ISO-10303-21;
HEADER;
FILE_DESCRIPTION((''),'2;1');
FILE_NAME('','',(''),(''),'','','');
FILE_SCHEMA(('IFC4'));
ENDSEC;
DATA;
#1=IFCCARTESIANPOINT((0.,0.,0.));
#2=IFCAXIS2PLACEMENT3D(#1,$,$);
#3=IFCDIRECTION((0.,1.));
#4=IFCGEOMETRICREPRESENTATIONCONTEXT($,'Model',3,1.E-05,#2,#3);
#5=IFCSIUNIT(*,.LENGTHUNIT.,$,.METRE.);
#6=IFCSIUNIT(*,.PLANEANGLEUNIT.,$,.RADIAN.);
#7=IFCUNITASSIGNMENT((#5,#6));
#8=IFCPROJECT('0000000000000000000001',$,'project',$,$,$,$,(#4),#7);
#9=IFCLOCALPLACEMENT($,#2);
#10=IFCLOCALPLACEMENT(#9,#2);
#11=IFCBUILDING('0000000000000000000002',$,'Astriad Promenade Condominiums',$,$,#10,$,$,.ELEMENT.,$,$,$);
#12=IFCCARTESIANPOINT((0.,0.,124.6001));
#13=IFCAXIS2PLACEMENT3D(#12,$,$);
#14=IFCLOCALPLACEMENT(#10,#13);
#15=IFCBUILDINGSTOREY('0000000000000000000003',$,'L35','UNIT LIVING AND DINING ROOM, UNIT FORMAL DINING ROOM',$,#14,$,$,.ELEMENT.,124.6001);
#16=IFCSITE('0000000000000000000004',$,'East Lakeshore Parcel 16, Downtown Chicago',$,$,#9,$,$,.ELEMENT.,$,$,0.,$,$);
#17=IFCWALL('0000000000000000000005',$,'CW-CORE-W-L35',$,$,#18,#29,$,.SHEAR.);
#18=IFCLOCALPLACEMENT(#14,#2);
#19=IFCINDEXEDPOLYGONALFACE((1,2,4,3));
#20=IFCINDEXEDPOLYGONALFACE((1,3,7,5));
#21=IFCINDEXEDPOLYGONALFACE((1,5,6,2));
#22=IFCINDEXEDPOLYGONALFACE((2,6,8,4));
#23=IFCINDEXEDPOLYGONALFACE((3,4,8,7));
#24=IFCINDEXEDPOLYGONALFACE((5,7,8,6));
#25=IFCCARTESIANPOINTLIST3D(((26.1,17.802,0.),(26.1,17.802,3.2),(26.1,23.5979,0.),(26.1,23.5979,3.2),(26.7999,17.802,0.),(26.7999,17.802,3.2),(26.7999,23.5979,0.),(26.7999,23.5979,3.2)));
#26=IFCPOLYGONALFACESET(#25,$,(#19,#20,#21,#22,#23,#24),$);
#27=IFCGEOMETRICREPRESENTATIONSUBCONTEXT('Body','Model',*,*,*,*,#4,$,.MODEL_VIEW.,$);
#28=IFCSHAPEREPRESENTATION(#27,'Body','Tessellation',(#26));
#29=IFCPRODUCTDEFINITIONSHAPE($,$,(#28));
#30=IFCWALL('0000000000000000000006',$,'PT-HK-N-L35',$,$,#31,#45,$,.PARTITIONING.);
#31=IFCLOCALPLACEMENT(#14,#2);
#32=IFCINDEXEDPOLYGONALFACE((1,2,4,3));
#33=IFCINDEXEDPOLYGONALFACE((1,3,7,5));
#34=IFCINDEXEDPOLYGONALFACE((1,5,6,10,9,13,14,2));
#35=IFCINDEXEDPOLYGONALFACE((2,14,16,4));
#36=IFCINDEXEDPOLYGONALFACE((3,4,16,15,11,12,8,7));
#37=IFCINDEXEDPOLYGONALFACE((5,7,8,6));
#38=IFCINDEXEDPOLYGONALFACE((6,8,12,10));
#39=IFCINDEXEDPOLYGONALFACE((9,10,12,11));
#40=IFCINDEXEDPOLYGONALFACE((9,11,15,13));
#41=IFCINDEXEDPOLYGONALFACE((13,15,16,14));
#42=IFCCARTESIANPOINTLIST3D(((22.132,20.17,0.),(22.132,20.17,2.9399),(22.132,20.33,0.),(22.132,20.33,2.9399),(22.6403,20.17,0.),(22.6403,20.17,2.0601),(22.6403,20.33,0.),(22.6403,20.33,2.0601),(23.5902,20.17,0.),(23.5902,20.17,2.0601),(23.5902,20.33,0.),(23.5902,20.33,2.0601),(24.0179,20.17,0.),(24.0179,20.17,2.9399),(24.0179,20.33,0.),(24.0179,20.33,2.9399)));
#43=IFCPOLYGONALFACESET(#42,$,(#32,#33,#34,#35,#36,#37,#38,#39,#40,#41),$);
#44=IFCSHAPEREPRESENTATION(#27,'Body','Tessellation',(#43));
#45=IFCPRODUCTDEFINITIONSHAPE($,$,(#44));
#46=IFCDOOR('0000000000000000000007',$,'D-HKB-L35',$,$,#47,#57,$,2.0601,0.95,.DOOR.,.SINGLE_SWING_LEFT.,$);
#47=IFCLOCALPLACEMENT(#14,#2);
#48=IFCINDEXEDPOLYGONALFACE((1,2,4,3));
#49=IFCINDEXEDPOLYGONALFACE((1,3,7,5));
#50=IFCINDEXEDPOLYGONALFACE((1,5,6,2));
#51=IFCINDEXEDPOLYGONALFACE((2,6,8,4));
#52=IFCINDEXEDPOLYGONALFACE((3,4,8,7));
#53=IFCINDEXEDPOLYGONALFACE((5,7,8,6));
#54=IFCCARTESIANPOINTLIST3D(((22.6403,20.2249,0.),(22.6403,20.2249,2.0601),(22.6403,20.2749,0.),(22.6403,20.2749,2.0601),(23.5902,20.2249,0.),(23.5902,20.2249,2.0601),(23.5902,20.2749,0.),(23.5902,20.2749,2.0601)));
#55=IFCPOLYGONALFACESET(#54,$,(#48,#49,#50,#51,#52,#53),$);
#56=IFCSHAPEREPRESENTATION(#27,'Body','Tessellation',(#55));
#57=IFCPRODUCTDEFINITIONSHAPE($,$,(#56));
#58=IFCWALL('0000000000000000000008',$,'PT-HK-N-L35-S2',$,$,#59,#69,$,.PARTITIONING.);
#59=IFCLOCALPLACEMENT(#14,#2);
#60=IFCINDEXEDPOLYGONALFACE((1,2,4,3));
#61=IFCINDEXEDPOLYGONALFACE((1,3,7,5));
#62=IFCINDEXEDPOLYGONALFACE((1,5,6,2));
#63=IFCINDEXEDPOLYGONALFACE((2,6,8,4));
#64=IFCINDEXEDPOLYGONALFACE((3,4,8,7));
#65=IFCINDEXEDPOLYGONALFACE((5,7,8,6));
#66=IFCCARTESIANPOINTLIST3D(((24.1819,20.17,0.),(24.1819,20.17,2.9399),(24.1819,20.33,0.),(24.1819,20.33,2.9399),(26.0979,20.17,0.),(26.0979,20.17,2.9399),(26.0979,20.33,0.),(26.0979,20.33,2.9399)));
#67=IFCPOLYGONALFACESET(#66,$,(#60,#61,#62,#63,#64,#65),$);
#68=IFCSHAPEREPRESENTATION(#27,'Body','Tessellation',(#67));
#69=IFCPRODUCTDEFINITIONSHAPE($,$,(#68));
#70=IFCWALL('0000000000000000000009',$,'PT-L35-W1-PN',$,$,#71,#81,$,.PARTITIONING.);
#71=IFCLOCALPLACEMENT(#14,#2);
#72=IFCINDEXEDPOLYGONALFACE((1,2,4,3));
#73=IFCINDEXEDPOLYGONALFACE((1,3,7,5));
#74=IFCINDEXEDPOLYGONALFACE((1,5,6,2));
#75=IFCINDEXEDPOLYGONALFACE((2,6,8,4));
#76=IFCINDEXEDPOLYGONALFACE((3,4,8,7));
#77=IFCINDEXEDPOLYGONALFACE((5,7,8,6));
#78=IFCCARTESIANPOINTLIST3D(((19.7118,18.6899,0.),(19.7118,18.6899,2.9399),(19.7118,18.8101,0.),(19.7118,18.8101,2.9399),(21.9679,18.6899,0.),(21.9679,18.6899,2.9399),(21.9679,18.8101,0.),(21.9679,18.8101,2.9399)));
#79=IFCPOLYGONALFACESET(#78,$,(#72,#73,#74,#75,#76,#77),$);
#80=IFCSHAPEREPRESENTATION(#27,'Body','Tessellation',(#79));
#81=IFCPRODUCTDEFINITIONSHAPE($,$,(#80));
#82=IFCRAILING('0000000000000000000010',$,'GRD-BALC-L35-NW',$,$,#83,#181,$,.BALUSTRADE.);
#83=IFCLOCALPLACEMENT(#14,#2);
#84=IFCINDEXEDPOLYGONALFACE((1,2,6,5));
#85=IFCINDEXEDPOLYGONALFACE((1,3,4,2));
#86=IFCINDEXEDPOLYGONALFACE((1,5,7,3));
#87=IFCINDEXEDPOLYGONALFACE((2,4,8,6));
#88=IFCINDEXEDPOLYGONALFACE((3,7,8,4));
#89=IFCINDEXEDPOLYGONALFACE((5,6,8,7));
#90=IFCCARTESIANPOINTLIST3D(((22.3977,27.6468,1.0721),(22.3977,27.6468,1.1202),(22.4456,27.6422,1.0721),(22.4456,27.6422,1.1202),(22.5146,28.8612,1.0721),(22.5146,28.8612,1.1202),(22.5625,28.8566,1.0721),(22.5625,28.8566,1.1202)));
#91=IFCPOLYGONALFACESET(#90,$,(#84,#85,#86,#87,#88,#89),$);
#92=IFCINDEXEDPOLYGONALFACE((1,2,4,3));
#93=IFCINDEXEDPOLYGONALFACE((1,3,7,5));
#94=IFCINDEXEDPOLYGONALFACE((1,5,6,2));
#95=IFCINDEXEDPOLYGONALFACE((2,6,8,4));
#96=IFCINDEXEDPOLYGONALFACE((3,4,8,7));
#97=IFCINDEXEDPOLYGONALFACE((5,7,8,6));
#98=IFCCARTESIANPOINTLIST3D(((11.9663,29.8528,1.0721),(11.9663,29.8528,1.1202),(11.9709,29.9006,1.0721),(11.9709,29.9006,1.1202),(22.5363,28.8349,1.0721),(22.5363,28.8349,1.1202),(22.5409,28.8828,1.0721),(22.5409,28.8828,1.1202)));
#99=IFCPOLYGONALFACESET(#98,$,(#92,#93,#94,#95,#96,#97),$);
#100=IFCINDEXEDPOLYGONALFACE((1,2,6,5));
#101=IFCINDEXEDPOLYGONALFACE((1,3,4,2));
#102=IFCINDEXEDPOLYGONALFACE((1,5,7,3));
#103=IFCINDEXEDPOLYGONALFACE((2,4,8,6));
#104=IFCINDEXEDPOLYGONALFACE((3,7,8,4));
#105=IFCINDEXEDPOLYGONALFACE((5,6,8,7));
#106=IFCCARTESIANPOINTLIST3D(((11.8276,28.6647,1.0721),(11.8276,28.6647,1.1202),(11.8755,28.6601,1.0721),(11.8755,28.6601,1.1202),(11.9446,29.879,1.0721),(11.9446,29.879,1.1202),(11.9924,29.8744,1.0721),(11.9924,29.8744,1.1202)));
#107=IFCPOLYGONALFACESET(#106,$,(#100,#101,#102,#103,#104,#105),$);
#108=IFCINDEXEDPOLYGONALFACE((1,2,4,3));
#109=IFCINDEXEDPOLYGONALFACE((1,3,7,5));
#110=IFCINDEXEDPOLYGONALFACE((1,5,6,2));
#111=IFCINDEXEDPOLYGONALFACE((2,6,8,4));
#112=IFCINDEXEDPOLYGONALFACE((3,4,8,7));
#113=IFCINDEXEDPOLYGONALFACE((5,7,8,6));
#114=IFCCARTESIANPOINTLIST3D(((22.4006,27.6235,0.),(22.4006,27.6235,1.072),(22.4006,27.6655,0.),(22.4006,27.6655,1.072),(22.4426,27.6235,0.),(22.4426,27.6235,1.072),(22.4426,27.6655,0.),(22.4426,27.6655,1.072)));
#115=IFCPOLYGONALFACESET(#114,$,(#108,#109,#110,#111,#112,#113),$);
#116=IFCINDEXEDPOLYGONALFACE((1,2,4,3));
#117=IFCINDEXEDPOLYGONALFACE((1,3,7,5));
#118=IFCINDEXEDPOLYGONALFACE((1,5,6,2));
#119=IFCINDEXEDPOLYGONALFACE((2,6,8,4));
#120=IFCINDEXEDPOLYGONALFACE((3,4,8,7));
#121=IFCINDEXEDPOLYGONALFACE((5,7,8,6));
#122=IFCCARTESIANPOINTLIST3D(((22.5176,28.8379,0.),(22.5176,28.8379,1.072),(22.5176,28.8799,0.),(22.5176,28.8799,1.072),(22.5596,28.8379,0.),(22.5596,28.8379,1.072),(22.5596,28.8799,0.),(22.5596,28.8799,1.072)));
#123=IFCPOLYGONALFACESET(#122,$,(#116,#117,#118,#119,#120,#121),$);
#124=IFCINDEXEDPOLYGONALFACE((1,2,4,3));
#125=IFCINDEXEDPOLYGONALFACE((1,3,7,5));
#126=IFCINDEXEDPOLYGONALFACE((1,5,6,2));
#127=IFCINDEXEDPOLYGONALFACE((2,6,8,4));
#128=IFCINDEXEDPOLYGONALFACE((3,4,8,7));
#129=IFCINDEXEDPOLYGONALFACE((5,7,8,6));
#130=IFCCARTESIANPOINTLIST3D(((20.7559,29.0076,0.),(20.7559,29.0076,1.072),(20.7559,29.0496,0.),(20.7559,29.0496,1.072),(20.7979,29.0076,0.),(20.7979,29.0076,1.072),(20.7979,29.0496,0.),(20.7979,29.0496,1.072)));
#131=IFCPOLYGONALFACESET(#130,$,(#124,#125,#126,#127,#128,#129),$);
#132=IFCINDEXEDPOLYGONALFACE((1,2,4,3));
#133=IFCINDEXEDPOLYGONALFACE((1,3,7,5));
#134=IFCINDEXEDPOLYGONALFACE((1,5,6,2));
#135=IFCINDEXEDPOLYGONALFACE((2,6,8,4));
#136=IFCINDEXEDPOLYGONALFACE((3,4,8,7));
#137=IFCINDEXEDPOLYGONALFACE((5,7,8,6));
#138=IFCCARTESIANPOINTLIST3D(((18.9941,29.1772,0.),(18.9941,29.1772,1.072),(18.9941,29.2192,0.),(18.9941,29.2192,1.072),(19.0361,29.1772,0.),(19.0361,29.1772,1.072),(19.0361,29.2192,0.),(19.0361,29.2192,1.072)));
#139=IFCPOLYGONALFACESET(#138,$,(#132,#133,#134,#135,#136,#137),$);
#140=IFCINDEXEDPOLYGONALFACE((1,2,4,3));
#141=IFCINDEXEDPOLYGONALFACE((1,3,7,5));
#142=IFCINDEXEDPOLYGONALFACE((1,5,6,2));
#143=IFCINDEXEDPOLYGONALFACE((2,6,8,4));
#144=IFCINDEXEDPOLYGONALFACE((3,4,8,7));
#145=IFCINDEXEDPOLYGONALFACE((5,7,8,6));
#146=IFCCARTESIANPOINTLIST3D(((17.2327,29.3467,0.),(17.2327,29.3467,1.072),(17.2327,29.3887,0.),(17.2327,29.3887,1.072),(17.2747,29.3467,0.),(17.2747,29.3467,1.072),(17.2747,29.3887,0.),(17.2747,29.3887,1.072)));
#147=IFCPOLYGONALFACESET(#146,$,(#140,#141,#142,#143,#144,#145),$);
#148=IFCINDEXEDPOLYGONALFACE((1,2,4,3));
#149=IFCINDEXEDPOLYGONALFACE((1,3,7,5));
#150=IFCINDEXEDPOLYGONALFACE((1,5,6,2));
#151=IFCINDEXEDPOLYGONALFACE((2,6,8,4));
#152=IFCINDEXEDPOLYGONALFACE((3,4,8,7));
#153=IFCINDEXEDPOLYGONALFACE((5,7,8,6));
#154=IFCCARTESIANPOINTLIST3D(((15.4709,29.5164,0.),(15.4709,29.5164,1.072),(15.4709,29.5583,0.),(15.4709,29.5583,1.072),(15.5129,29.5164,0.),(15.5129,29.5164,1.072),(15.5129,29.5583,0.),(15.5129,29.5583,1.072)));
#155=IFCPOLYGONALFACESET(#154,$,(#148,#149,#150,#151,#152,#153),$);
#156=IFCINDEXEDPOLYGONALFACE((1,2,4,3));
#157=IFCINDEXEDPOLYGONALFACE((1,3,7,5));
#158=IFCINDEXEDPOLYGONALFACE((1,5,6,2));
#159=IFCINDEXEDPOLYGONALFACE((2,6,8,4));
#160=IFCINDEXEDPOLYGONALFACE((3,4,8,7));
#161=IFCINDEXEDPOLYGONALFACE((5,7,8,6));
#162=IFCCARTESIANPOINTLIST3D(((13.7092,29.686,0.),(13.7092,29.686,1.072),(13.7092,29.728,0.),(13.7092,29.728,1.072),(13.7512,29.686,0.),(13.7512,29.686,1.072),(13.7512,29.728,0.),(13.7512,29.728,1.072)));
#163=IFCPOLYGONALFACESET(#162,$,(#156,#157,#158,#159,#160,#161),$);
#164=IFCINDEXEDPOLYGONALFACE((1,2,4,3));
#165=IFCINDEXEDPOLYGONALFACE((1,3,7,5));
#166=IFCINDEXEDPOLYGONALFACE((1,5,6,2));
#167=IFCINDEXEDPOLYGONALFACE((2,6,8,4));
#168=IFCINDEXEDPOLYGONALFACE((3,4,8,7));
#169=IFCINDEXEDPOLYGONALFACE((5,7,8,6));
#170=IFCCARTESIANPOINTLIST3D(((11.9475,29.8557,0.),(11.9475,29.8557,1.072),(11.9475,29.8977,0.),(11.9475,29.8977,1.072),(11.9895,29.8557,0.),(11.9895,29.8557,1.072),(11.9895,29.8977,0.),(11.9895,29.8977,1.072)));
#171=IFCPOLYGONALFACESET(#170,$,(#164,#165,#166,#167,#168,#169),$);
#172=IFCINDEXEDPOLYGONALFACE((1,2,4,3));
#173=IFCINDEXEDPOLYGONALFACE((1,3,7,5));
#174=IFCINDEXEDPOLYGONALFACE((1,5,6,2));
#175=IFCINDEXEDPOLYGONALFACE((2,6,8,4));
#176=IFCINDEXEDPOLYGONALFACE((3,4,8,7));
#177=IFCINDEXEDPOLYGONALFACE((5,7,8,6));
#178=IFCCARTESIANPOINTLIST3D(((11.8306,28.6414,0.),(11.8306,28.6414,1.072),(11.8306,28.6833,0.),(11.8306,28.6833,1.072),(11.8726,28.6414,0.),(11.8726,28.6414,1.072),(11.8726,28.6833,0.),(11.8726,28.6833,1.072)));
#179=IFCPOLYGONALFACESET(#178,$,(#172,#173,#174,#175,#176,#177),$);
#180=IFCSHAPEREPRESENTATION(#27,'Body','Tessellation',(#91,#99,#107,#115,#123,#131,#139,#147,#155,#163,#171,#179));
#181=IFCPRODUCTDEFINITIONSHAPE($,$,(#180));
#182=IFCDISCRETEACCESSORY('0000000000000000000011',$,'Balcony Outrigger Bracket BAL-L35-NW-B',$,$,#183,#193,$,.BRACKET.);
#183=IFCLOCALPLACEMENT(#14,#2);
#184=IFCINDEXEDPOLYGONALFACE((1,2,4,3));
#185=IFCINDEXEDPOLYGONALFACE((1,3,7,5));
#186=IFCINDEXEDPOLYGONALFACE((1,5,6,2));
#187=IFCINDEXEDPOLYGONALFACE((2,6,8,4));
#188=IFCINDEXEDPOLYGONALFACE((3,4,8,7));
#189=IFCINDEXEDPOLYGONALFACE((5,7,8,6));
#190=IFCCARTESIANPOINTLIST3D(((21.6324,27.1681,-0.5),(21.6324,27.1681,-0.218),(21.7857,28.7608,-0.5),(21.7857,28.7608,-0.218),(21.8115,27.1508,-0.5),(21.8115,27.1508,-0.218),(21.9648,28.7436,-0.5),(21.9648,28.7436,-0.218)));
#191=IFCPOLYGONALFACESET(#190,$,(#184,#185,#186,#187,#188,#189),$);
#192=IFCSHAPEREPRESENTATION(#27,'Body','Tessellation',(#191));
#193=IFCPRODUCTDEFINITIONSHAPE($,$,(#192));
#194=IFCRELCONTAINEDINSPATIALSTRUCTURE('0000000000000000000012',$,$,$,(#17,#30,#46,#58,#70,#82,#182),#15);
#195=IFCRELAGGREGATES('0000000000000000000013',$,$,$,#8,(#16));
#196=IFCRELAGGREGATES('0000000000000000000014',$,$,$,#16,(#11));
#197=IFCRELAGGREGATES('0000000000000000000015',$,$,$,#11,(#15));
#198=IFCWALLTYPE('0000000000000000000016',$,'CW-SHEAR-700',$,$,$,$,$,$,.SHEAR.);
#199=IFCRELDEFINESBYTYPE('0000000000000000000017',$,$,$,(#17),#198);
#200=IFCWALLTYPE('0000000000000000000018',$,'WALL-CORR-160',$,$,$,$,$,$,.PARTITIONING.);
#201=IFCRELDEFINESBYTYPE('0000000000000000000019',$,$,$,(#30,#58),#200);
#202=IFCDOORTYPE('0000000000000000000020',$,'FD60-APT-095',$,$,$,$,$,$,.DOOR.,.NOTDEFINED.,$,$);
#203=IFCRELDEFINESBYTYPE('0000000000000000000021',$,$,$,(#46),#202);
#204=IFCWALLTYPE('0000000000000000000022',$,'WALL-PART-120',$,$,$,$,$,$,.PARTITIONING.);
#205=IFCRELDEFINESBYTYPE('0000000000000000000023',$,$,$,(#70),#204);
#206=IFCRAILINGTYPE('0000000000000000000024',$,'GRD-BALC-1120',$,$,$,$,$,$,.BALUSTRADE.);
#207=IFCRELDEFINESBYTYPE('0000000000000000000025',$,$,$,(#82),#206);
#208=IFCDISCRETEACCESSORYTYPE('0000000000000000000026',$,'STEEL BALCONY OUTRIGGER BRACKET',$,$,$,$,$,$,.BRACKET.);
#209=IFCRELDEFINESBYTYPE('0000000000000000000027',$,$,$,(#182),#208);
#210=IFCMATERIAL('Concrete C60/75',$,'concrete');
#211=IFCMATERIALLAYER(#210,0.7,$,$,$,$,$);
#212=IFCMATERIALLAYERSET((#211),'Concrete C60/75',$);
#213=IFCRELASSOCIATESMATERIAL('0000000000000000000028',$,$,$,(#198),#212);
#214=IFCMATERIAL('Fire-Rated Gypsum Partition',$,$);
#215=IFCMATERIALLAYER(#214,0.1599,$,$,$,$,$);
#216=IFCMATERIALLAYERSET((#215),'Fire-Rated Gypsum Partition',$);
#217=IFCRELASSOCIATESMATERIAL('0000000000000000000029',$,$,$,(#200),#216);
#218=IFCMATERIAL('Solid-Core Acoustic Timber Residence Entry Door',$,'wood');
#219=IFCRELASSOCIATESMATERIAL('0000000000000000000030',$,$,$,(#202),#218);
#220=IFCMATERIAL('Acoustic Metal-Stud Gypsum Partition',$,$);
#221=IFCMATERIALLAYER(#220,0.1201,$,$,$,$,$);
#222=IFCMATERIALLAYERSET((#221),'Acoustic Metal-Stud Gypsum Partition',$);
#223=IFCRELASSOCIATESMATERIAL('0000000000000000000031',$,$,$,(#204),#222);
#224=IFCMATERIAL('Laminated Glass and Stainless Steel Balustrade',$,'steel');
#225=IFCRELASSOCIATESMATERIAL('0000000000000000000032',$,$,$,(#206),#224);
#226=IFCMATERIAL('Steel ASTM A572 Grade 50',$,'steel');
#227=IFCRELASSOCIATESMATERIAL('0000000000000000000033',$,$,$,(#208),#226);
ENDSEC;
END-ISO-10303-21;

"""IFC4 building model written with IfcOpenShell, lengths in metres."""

from ifc_helpers import new_model, si_unit, direction, frame, frame_2d, origin, origin_2d, place, context, subcontext, project, spatial, rectangle, extrude, source, transform, mapped, material, layer, layer_set, type_object, type_shapes, element, fill, save


model = new_model("IFC4")

# Units and contexts
model_context = context("Model", 3, precision=1e-05, world=origin(), true_north=direction((0.0, 1.0)))
body_context = subcontext(model_context, "Body", "Model", "MODEL_VIEW")
ifc_project = project(units=[si_unit("LENGTHUNIT", "METRE"), si_unit("PLANEANGLEUNIT", "RADIAN")], contexts=[model_context])

# Site, building, storey
site_placement = place(None, origin())
site = spatial("IfcSite", under=ifc_project, at=site_placement, Name="East Lakeshore Parcel 16, Downtown Chicago", CompositionType="ELEMENT", RefElevation=0.0)
building_placement = place(site_placement, origin())
building = spatial("IfcBuilding", under=site, at=building_placement, Name="Astriad Promenade Condominiums", CompositionType="ELEMENT")
storey_placement = place(building_placement, frame((0.0, 0.0, 124.6001)))
storey = spatial("IfcBuildingStorey", under=building, at=storey_placement, Name="L35", Description="UNIT LIVING AND DINING ROOM, UNIT FORMAL DINING ROOM", CompositionType="ELEMENT", Elevation=124.6001)

# Shared definitions
ifc_material_1 = material(Name="Concrete C60/75", Category="concrete")

# Shared definitions
ifc_layer_1 = layer(ifc_material_1, 0.7)
ifc_layer_set_1 = layer_set([ifc_layer_1], Name="Concrete C60/75")
wall_type_1 = type_object("IfcWallType", Name="CW-SHEAR-700", PredefinedType="SHEAR", material=ifc_layer_set_1)

# Wall
wall_1_placement = place(storey_placement, frame((26.45, 17.802, 0.0), z_axis=(0.0, 0.0, 1.0), x_axis=(0.0, 1.0, 0.0)))
element("IfcWall", 1, at=wall_1_placement, inside=storey, type_object=wall_type_1, Name="CW-CORE-W-L35", PredefinedType="SHEAR", context=body_context, shape_type="SweptSolid", body=[
    extrude(rectangle(XDim=5.7959, YDim=0.7, at=frame_2d((2.8979, 0.0))), origin(), (0.0, 0.0, 1.0), 3.2),
])

# Wall, opening, door
ifc_material_2 = material(Name="Fire-Rated Gypsum Partition")
ifc_layer_2 = layer(ifc_material_2, 0.1599)
ifc_layer_set_2 = layer_set([ifc_layer_2], Name="Fire-Rated Gypsum Partition")
wall_type_2 = type_object("IfcWallType", Name="WALL-CORR-160", PredefinedType="PARTITIONING", material=ifc_layer_set_2)
wall_2_placement = place(storey_placement, frame((22.1321, 20.25, 0.0), z_axis=(0.0, 0.0, 1.0), x_axis=(1.0, 0.0, 0.0)))
wall_2 = element("IfcWall", 2, at=wall_2_placement, inside=storey, type_object=wall_type_2, Name="PT-HK-N-L35", PredefinedType="PARTITIONING", context=body_context, shape_type="SweptSolid", body=[
    extrude(rectangle(XDim=1.886, YDim=0.1599, at=frame_2d((0.9429, 0.0))), origin(), (0.0, 0.0, 1.0), 2.9399),
])
opening_1_placement = place(wall_2_placement, frame((0.5081, 0.0, 0.0)))
opening_1 = element("IfcOpeningElement", 3, at=opening_1_placement, cuts=wall_2, PredefinedType="OPENING", context=body_context, shape_type="SweptSolid", body=[
    extrude(rectangle(XDim=0.95, YDim=2.0601, at=frame_2d((0.4751, 1.03))), frame((0.0, 0.0898, 0.0), z_axis=(0.0, -1.0, 0.0), x_axis=(1.0, 0.0, 0.0)), (0.0, 0.0, 1.0), 0.1799),
])
ifc_material_3 = material(Name="Solid-Core Acoustic Timber Residence Entry Door", Category="wood")
door_type_1 = type_object("IfcDoorType", Name="FD60-APT-095", OperationType="NOTDEFINED", PredefinedType="DOOR", material=ifc_material_3)
shared_shape_1 = source(origin(), body_context, "Body", "SweptSolid", [
    extrude(rectangle(XDim=0.95, YDim=2.0601, at=frame_2d((0.4751, 1.03))), frame((0.0, 0.0249, 0.0), z_axis=(0.0, -1.0, 0.0), x_axis=(1.0, 0.0, 0.0)), (0.0, 0.0, 1.0), 0.05),
])
type_shapes(door_type_1, [shared_shape_1])
door_1_placement = place(opening_1_placement, origin())
door_1 = element("IfcDoor", 4, at=door_1_placement, inside=storey, type_object=door_type_1, Name="D-HKB-L35", OperationType="SINGLE_SWING_LEFT", OverallHeight=2.0601, OverallWidth=0.95, PredefinedType="DOOR", context=body_context, shape_type="MappedRepresentation", body=[
    mapped(shared_shape_1, transform((0.0, 0.0, 0.0), scale=1.0)),
])
fill(opening_1, door_1)

# Walls
wall_3_placement = place(storey_placement, frame((24.1819, 20.25, 0.0), z_axis=(0.0, 0.0, 1.0), x_axis=(1.0, 0.0, 0.0)))
element("IfcWall", 5, at=wall_3_placement, inside=storey, type_object=wall_type_2, Name="PT-HK-N-L35-S2", PredefinedType="PARTITIONING", context=body_context, shape_type="SweptSolid", body=[
    extrude(rectangle(XDim=1.916, YDim=0.1599, at=frame_2d((0.958, 0.0))), origin(), (0.0, 0.0, 1.0), 2.9399),
])
ifc_material_4 = material(Name="Acoustic Metal-Stud Gypsum Partition")
ifc_layer_3 = layer(ifc_material_4, 0.1201)
ifc_layer_set_3 = layer_set([ifc_layer_3], Name="Acoustic Metal-Stud Gypsum Partition")
wall_type_3 = type_object("IfcWallType", Name="WALL-PART-120", PredefinedType="PARTITIONING", material=ifc_layer_set_3)
wall_4_placement = place(storey_placement, frame((19.7119, 18.75, 0.0), z_axis=(0.0, 0.0, 1.0), x_axis=(1.0, 0.0, 0.0)))
element("IfcWall", 6, at=wall_4_placement, inside=storey, type_object=wall_type_3, Name="PT-L35-W1-PN", PredefinedType="PARTITIONING", context=body_context, shape_type="SweptSolid", body=[
    extrude(rectangle(XDim=2.2561, YDim=0.1201, at=frame_2d((1.1279, 0.0))), origin(), (0.0, 0.0, 1.0), 2.9399),
])

# Railing
ifc_material_5 = material(Name="Laminated Glass and Stainless Steel Balustrade", Category="steel")
railing_type = type_object("IfcRailingType", Name="GRD-BALC-1120", PredefinedType="BALUSTRADE", material=ifc_material_5)
shared_shape_2 = source(origin(), body_context, "Body", "SweptSolid", [
    extrude(rectangle(XDim=0.0481, YDim=0.0481, at=origin_2d()), frame((0.0, 0.0, 1.0962), z_axis=(0.095857, 0.995395, 0.0), x_axis=(-0.995395, 0.095857, 0.0)), (0.0, 0.0, 1.0), 1.22),
    extrude(rectangle(XDim=0.0481, YDim=0.0481, at=origin_2d()), frame((0.1169, 1.2144, 1.0962), z_axis=(-0.995396, 0.09585, 0.0), x_axis=(-0.09585, -0.995396, 0.0)), (0.0, 0.0, 1.0), 10.6189),
    extrude(rectangle(XDim=0.0481, YDim=0.0481, at=origin_2d()), frame((-10.4531, 2.2322, 1.0962), z_axis=(-0.095857, -0.995395, 0.0), x_axis=(0.995395, -0.095857, 0.0)), (0.0, 0.0, 1.0), 1.22),
    extrude(rectangle(XDim=0.042, YDim=0.042, at=origin_2d()), origin(), (0.0, 0.0, 1.0), 1.072),
    extrude(rectangle(XDim=0.042, YDim=0.042, at=origin_2d()), frame((0.1169, 1.2144, 0.0)), (0.0, 0.0, 1.0), 1.072),
    extrude(rectangle(XDim=0.042, YDim=0.042, at=origin_2d()), frame((-1.6448, 1.384, 0.0)), (0.0, 0.0, 1.0), 1.072),
    extrude(rectangle(XDim=0.042, YDim=0.042, at=origin_2d()), frame((-3.4065, 1.5537, 0.0)), (0.0, 0.0, 1.0), 1.072),
    extrude(rectangle(XDim=0.042, YDim=0.042, at=origin_2d()), frame((-5.168, 1.7231, 0.0)), (0.0, 0.0, 1.0), 1.072),
    extrude(rectangle(XDim=0.042, YDim=0.042, at=origin_2d()), frame((-6.9297, 1.8928, 0.0)), (0.0, 0.0, 1.0), 1.072),
    extrude(rectangle(XDim=0.042, YDim=0.042, at=origin_2d()), frame((-8.6914, 2.0625, 0.0)), (0.0, 0.0, 1.0), 1.072),
    extrude(rectangle(XDim=0.042, YDim=0.042, at=origin_2d()), frame((-10.4531, 2.2322, 0.0)), (0.0, 0.0, 1.0), 1.072),
    extrude(rectangle(XDim=0.042, YDim=0.042, at=origin_2d()), frame((-10.5701, 1.0178, 0.0)), (0.0, 0.0, 1.0), 1.072),
])
type_shapes(railing_type, [shared_shape_2])
railing_placement = place(storey_placement, frame((22.4216, 27.6445, 0.0)))
element("IfcRailing", 7, at=railing_placement, inside=storey, type_object=railing_type, Name="GRD-BALC-L35-NW", PredefinedType="BALUSTRADE", context=body_context, shape_type="MappedRepresentation", body=[
    mapped(shared_shape_2, transform((0.0, 0.0, 0.0), scale=1.0)),
])

# Discrete accessory
ifc_material_6 = material(Name="Steel ASTM A572 Grade 50", Category="steel")
discrete_accessory_type = type_object("IfcDiscreteAccessoryType", Name="STEEL BALCONY OUTRIGGER BRACKET", PredefinedType="BRACKET", material=ifc_material_6)
shared_shape_3 = source(origin(), body_context, "Body", "SweptSolid", [
    extrude(rectangle(XDim=1.6001, YDim=0.1799, at=origin_2d()), origin(), (0.0, 0.0, 1.0), 0.282),
])
type_shapes(discrete_accessory_type, [shared_shape_3])
discrete_accessory_placement = place(storey_placement, frame((21.7986, 27.9558, -0.5), z_axis=(0.0, 0.0, 1.0), x_axis=(0.095846, 0.995396, 0.0)))
element("IfcDiscreteAccessory", 8, at=discrete_accessory_placement, inside=storey, type_object=discrete_accessory_type, Name="Balcony Outrigger Bracket BAL-L35-NW-B", PredefinedType="BRACKET", context=body_context, shape_type="MappedRepresentation", body=[
    mapped(shared_shape_3, transform((0.0, 0.0, 0.0), scale=1.0)),
])

save(model, "model.ifc")
